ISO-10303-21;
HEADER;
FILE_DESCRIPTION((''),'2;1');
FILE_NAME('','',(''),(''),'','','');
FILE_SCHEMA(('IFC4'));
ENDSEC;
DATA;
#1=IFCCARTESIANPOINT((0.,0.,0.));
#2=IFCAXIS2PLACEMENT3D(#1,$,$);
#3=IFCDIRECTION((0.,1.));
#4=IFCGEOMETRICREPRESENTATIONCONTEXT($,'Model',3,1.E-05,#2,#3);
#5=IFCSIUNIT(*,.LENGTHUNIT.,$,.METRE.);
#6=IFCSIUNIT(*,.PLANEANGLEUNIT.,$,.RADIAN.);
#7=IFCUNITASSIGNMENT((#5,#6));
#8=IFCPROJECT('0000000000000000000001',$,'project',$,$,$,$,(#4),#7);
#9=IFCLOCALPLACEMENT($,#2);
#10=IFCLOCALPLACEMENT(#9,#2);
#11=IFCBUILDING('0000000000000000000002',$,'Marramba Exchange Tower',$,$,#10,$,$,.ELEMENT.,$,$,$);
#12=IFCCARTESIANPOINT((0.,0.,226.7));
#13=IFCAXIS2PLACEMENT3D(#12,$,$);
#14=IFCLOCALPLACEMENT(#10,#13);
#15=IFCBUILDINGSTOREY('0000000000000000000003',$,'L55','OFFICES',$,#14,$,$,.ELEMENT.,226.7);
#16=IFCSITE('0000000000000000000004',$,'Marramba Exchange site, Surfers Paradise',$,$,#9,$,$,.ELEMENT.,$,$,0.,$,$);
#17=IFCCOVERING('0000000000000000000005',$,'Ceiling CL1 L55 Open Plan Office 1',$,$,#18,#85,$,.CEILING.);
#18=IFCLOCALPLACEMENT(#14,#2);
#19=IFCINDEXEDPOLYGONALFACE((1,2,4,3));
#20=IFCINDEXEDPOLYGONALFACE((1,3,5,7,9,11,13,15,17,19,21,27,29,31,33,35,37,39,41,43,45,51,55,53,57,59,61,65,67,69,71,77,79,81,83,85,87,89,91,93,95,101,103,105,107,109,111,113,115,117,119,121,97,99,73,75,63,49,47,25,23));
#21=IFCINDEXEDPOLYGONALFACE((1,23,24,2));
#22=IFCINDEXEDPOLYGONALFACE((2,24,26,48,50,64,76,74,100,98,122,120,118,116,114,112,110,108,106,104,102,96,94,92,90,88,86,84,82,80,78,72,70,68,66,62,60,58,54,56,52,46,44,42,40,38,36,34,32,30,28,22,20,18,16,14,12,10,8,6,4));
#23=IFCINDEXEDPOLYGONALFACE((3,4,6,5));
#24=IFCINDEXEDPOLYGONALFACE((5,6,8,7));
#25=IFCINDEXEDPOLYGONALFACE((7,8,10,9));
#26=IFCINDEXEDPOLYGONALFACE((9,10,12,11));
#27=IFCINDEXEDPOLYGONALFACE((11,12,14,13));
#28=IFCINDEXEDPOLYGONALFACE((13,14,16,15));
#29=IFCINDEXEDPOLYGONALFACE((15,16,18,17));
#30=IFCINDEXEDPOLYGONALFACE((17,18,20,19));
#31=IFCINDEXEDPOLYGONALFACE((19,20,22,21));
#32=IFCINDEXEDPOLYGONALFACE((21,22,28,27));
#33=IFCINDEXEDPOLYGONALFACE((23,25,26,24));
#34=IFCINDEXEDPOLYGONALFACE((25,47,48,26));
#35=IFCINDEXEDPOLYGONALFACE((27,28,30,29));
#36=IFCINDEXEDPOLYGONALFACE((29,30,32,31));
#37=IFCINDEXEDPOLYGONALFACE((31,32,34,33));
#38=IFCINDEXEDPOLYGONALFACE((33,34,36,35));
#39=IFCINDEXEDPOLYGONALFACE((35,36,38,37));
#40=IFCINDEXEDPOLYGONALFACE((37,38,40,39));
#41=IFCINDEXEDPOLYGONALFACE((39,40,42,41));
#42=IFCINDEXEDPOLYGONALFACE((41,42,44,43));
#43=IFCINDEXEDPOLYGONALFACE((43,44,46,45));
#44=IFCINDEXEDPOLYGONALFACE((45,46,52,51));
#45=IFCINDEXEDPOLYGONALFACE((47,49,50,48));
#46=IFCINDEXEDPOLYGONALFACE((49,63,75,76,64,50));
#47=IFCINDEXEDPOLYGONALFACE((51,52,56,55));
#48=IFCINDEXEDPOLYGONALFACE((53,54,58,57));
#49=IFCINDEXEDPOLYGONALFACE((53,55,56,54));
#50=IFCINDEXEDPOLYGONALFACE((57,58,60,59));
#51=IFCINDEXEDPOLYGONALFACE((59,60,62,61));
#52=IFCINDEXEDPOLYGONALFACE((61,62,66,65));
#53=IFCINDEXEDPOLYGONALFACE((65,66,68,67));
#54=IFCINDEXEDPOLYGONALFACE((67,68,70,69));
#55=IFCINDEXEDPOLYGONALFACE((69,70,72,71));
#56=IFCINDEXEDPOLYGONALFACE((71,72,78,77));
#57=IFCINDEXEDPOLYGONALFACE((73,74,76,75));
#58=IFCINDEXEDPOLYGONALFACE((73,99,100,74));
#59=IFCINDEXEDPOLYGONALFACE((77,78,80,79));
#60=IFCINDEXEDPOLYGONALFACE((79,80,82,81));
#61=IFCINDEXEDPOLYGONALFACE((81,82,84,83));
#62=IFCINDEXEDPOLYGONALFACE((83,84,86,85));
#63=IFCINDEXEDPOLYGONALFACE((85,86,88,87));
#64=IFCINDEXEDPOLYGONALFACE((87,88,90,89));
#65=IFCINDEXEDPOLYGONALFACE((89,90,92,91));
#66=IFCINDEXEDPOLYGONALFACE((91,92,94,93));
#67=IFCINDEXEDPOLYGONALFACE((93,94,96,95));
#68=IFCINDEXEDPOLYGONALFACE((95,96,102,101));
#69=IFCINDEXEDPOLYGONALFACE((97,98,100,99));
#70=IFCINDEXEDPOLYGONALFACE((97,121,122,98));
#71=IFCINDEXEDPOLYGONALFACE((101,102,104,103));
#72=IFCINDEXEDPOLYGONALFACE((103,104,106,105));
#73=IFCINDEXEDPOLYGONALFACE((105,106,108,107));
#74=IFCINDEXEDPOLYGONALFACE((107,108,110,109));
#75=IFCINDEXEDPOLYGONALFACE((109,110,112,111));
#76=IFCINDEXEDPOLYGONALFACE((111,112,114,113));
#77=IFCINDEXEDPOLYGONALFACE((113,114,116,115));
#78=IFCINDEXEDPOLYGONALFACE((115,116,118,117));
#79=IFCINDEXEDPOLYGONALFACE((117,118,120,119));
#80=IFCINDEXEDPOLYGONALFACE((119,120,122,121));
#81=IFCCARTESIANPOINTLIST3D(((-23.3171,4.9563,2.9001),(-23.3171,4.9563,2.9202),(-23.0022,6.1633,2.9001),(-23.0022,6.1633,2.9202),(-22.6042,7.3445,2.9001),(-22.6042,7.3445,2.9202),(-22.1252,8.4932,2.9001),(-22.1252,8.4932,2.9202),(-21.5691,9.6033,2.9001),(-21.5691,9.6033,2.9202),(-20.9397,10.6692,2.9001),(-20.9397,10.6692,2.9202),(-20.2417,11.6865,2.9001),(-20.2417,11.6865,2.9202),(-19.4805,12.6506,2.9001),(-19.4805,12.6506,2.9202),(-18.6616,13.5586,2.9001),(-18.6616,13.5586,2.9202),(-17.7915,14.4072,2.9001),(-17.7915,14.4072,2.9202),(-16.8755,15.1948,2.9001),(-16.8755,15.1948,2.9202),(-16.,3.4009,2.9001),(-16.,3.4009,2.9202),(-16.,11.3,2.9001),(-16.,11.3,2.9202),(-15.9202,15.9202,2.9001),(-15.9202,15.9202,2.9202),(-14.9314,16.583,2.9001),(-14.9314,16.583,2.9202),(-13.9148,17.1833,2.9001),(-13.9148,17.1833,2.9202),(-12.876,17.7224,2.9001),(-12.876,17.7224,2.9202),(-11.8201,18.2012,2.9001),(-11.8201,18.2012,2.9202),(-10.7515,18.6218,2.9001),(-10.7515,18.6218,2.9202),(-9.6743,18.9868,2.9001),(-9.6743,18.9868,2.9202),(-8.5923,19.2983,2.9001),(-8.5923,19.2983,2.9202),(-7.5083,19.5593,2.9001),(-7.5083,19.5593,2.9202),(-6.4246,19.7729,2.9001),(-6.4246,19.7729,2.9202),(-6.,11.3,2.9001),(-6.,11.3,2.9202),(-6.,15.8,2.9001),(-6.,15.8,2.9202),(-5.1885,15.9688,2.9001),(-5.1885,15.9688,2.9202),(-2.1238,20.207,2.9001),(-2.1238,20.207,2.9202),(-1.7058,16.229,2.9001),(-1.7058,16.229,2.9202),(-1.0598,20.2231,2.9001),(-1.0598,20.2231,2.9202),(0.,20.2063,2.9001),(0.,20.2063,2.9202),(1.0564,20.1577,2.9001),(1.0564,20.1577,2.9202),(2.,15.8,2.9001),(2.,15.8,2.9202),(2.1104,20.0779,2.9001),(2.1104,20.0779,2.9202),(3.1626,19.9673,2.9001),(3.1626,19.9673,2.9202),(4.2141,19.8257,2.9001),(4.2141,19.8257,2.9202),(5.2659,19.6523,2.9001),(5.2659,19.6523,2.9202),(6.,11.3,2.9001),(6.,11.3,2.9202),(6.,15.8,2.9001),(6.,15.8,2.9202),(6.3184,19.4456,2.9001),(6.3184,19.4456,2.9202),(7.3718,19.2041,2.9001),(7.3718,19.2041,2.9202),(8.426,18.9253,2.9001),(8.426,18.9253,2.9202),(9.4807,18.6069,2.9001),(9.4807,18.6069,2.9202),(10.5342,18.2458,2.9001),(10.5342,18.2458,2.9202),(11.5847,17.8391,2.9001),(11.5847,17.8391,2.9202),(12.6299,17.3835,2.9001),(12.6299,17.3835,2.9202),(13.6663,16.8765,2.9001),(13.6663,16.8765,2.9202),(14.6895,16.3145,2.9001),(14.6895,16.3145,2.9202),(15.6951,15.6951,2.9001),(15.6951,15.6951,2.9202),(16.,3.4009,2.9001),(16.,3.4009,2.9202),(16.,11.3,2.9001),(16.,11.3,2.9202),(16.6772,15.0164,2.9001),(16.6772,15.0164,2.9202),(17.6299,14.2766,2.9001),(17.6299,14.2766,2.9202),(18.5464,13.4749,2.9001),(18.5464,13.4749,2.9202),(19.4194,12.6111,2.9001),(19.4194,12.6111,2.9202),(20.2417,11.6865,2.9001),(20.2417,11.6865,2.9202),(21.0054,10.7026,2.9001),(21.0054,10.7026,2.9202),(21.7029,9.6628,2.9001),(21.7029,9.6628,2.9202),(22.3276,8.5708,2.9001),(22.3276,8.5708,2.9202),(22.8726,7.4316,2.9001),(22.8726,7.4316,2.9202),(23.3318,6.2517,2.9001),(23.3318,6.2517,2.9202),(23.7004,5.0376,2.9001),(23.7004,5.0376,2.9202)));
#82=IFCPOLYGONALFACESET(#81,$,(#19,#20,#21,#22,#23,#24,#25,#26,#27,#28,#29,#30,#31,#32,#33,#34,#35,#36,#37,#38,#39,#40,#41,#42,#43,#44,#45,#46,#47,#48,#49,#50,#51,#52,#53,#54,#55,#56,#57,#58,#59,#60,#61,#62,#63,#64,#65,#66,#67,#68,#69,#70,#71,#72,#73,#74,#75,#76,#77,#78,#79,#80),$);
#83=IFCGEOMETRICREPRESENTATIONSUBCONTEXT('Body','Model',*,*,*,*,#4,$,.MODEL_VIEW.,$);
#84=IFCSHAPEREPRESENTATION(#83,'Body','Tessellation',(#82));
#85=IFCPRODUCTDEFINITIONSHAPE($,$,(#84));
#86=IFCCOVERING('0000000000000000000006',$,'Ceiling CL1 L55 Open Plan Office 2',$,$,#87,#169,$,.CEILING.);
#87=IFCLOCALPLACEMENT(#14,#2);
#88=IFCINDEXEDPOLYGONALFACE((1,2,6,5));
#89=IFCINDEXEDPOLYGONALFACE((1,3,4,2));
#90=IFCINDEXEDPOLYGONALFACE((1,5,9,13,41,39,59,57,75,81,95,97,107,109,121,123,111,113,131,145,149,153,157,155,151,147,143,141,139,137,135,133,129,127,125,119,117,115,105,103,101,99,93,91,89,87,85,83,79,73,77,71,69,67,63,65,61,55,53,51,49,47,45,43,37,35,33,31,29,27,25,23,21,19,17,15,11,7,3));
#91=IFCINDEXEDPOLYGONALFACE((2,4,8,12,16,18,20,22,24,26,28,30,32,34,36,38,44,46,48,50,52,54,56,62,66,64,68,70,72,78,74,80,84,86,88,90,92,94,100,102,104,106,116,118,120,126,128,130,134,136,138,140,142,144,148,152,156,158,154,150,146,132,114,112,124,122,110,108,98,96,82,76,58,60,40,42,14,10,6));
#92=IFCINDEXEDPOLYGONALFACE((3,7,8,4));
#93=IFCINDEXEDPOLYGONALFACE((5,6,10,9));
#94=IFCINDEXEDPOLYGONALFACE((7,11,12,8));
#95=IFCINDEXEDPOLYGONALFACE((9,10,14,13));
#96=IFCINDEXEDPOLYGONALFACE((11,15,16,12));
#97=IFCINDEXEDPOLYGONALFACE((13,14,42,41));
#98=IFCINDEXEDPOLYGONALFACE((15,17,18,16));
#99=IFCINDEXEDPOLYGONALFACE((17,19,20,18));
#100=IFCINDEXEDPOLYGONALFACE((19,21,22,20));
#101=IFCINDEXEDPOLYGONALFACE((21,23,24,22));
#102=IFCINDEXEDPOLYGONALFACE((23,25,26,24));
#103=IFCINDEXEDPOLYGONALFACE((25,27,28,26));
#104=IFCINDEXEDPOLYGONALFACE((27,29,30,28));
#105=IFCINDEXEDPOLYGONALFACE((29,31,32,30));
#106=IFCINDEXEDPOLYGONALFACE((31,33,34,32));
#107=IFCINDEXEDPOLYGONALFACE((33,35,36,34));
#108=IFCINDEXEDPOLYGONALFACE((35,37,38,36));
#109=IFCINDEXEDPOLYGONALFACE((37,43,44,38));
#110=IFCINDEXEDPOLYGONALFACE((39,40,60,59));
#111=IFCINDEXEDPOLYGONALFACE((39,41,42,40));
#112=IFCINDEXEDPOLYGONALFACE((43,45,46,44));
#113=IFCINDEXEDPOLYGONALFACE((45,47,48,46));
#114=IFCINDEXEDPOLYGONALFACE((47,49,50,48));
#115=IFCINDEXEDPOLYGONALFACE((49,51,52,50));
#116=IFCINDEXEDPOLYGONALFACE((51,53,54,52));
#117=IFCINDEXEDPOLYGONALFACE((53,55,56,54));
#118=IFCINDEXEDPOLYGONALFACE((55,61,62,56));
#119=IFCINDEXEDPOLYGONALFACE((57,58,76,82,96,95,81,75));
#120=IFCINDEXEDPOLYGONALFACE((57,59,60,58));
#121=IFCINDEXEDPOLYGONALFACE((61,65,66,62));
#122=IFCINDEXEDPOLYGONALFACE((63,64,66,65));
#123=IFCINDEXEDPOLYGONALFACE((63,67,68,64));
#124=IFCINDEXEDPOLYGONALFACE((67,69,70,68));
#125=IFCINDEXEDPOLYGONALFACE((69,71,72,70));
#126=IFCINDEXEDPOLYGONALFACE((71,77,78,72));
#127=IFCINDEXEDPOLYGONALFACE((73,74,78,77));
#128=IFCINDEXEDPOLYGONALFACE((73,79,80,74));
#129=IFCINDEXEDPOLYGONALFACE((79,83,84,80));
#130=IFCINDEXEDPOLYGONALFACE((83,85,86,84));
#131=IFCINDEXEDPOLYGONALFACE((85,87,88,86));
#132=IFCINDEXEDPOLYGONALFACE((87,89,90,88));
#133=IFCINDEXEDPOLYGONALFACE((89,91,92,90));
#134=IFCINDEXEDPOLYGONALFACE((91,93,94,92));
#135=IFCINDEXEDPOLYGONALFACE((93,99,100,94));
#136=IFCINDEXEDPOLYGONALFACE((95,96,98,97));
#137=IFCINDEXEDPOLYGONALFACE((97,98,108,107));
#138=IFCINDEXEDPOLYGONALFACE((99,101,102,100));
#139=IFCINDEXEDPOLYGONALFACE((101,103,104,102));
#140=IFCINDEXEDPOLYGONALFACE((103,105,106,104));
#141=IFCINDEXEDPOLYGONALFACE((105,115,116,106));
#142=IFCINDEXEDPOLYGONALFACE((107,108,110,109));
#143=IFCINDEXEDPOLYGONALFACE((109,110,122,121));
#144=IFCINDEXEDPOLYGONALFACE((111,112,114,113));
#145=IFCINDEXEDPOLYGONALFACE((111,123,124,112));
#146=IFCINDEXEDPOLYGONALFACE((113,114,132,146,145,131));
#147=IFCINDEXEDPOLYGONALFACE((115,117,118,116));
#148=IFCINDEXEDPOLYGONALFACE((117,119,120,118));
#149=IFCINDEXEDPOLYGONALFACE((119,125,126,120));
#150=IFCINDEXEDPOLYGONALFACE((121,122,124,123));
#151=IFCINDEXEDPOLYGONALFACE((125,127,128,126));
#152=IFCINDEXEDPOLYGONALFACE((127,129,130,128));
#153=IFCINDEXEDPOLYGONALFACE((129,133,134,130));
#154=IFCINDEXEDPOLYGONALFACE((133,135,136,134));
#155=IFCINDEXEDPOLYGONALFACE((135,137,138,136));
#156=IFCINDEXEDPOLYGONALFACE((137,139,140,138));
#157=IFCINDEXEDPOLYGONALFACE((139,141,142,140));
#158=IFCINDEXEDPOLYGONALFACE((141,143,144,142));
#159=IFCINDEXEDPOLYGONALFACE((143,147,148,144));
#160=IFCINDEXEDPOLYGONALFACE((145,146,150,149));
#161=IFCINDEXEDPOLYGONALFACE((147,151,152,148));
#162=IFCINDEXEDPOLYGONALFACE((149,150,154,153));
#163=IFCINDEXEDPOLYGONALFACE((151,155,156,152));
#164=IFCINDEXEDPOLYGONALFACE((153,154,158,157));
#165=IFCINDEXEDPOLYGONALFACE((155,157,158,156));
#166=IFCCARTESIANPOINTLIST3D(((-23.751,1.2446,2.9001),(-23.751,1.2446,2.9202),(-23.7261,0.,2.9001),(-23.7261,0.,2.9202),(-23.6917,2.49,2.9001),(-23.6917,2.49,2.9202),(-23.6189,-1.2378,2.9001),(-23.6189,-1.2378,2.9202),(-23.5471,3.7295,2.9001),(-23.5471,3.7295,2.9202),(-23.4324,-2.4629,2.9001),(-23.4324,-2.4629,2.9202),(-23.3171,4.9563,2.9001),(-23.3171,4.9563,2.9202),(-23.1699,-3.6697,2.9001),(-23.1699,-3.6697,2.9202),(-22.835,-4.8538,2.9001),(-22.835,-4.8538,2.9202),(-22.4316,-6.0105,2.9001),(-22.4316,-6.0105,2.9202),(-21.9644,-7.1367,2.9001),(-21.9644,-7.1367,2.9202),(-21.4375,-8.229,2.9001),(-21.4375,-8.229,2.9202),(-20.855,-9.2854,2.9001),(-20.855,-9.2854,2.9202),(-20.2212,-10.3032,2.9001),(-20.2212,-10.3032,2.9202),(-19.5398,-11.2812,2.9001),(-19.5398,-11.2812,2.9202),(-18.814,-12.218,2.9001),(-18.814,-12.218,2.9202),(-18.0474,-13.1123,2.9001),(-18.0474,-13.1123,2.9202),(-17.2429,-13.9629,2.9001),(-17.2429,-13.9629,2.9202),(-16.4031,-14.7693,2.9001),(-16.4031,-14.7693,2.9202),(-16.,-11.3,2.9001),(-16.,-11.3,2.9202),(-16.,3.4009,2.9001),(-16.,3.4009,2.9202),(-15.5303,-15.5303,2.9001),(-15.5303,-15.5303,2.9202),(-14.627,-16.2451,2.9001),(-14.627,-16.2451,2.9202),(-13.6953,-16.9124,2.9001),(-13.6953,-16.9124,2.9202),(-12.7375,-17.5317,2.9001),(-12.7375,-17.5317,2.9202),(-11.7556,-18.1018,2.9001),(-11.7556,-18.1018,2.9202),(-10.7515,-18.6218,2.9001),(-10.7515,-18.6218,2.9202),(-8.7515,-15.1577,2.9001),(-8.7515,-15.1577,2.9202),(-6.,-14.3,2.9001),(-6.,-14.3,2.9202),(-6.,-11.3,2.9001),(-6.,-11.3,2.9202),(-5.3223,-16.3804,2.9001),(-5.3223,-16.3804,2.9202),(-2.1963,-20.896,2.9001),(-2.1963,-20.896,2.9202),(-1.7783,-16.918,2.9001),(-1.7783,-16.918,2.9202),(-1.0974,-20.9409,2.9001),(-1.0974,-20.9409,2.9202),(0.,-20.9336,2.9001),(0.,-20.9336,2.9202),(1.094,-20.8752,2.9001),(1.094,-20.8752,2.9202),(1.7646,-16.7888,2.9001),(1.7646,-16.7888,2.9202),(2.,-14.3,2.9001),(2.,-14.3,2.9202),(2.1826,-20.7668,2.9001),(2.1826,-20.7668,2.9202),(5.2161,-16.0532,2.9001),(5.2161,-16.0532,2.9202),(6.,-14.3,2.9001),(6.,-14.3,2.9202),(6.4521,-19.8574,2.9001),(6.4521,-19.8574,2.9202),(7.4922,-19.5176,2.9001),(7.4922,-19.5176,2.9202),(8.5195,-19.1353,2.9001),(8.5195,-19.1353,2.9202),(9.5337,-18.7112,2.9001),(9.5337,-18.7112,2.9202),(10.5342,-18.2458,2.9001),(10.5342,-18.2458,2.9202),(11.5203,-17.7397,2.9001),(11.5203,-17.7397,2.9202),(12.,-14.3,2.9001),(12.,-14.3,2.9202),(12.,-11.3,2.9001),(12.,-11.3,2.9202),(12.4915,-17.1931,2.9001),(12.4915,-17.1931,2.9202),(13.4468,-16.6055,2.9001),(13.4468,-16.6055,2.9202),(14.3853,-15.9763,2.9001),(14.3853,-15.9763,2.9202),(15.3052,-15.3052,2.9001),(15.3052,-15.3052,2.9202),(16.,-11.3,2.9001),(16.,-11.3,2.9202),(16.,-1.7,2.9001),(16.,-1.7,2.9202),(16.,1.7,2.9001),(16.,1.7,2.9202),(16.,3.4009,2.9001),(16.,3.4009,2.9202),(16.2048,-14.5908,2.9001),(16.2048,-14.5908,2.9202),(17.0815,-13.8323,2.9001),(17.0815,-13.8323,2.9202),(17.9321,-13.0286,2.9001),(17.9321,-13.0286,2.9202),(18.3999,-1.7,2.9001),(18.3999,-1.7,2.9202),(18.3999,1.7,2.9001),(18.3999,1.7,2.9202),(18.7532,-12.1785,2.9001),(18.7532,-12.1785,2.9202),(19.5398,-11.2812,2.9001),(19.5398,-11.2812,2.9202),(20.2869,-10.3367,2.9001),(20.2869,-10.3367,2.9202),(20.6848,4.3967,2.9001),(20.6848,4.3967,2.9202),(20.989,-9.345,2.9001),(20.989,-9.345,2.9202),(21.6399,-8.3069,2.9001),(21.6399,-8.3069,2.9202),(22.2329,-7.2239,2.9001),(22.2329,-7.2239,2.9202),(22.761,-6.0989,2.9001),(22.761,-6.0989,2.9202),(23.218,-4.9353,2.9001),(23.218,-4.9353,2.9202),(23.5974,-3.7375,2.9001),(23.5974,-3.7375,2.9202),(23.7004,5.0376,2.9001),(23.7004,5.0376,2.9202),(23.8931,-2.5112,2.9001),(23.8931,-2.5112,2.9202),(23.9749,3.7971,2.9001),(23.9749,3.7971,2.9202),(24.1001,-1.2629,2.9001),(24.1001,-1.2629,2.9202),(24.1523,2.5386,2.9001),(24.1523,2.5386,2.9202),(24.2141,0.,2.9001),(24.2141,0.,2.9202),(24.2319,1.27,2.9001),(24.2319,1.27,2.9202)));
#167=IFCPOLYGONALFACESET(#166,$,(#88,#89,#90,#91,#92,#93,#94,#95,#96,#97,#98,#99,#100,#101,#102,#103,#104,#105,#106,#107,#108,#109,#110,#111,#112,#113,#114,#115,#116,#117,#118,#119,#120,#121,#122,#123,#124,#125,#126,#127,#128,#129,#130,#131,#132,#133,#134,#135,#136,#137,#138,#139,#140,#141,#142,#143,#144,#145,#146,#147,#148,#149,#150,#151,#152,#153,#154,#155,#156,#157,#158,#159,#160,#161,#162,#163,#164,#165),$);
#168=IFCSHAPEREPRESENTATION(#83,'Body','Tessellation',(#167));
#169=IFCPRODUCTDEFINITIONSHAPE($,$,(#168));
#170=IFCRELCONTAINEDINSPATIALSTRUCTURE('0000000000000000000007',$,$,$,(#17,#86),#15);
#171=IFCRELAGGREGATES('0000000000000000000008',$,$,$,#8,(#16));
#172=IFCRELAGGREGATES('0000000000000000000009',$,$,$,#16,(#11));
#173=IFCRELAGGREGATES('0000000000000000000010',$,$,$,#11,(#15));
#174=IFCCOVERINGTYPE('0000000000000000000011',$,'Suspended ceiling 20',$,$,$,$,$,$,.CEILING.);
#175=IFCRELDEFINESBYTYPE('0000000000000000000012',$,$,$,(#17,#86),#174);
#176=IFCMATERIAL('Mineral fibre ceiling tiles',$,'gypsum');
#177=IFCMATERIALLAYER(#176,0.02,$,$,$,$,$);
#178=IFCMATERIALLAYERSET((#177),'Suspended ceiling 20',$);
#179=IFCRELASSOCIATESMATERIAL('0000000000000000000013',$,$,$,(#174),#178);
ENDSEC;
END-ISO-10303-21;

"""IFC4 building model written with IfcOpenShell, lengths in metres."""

from ifc_helpers import new_model, si_unit, direction, frame, origin, place, context, subcontext, project, spatial, polyline, outline, extrude, material, layer, layer_set, type_object, element, save


model = new_model("IFC4")

# Units and contexts
model_context = context("Model", 3, precision=1e-05, world=origin(), true_north=direction((0.0, 1.0)))
body_context = subcontext(model_context, "Body", "Model", "MODEL_VIEW")
ifc_project = project(units=[si_unit("LENGTHUNIT", "METRE"), si_unit("PLANEANGLEUNIT", "RADIAN")], contexts=[model_context])

# Site, building, storey
site_placement = place(None, origin())
site = spatial("IfcSite", under=ifc_project, at=site_placement, Name="Marramba Exchange site, Surfers Paradise", CompositionType="ELEMENT", RefElevation=0.0)
building_placement = place(site_placement, origin())
building = spatial("IfcBuilding", under=site, at=building_placement, Name="Marramba Exchange Tower", CompositionType="ELEMENT")
storey_placement = place(building_placement, frame((0.0, 0.0, 226.7)))
storey = spatial("IfcBuildingStorey", under=building, at=storey_placement, Name="L55", Description="OFFICES", CompositionType="ELEMENT", Elevation=226.7)

# Coverings
ifc_material_1 = material(Name="Mineral fibre ceiling tiles", Category="gypsum")
ifc_layer_1 = layer(ifc_material_1, 0.02)
ifc_layer_set_1 = layer_set([ifc_layer_1], Name="Suspended ceiling 20")
covering_type = type_object("IfcCoveringType", Name="Suspended ceiling 20", PredefinedType="CEILING", material=ifc_layer_set_1)
covering_1_placement = place(storey_placement, frame((0.0, 0.0, 2.9001)))
element("IfcCovering", 1, at=covering_1_placement, inside=storey, type_object=covering_type, Name="Ceiling CL1 L55 Open Plan Office 1", PredefinedType="CEILING", context=body_context, shape_type="SweptSolid", body=[
    extrude(outline(polyline([(6.0, 11.3), (6.0, 15.8), (2.0, 15.8), (-6.0, 15.8), (-6.0, 11.3), (-16.0, 11.3), (-16.0, 3.4009), (-23.3171, 4.9563), (-23.0022, 6.1633), (-22.6042, 7.3445), (-22.1252, 8.4932), (-21.5691, 9.6033), (-20.9397, 10.6692), (-20.2417, 11.6865), (-19.4805, 12.6506), (-18.6616, 13.5586), (-17.7915, 14.4072), (-16.8755, 15.1948), (-15.9202, 15.9202), (-14.9314, 16.583), (-13.9148, 17.1833), (-12.876, 17.7224), (-11.8201, 18.2012), (-10.7515, 18.6218), (-9.6743, 18.9868), (-8.5923, 19.2983), (-7.5083, 19.5593), (-6.4246, 19.7729), (-5.1885, 15.9688), (-1.7058, 16.229), (-2.1238, 20.207), (-1.0598, 20.2231), (0.0, 20.2063), (1.0564, 20.1577), (2.1104, 20.0779), (3.1626, 19.9673), (4.2141, 19.8257), (5.2659, 19.6523), (6.3184, 19.4456), (7.3718, 19.2041), (8.426, 18.9253), (9.4807, 18.6069), (10.5342, 18.2458), (11.5847, 17.8391), (12.6299, 17.3835), (13.6663, 16.8765), (14.6895, 16.3145), (15.6951, 15.6951), (16.6772, 15.0164), (17.6299, 14.2766), (18.5464, 13.4749), (19.4194, 12.6111), (20.2417, 11.6865), (21.0054, 10.7026), (21.7029, 9.6628), (22.3276, 8.5708), (22.8726, 7.4316), (23.3318, 6.2517), (23.7004, 5.0376), (16.0, 3.4009), (16.0, 11.3), (6.0, 11.3)])), origin(), (0.0, 0.0, 1.0), 0.02),
])
covering_2_placement = place(storey_placement, frame((0.0, 0.0, 2.9001)))
element("IfcCovering", 2, at=covering_2_placement, inside=storey, type_object=covering_type, Name="Ceiling CL1 L55 Open Plan Office 2", PredefinedType="CEILING", context=body_context, shape_type="SweptSolid", body=[
    extrude(outline(polyline([(24.1523, 2.5386), (24.2319, 1.27), (24.2141, 0.0), (24.1001, -1.2629), (23.8931, -2.5112), (23.5974, -3.7375), (23.218, -4.9353), (22.761, -6.0989), (22.2329, -7.2239), (21.6399, -8.3069), (20.989, -9.345), (20.2869, -10.3367), (19.5398, -11.2812), (18.7532, -12.1785), (17.9321, -13.0286), (17.0815, -13.8323), (16.2048, -14.5908), (15.3052, -15.3052), (14.3853, -15.9763), (13.4468, -16.6055), (12.4915, -17.1931), (11.5203, -17.7397), (10.5342, -18.2458), (9.5337, -18.7112), (8.5195, -19.1353), (7.4922, -19.5176), (6.4521, -19.8574), (5.2161, -16.0532), (1.7646, -16.7888), (2.1826, -20.7668), (1.094, -20.8752), (0.0, -20.9336), (-1.0974, -20.9409), (-2.1963, -20.896), (-1.7783, -16.918), (-5.3223, -16.3804), (-8.7515, -15.1577), (-10.7515, -18.6218), (-11.7556, -18.1018), (-12.7375, -17.5317), (-13.6953, -16.9124), (-14.627, -16.2451), (-15.5303, -15.5303), (-16.4031, -14.7693), (-17.2429, -13.9629), (-18.0474, -13.1123), (-18.814, -12.218), (-19.5398, -11.2812), (-20.2212, -10.3032), (-20.855, -9.2854), (-21.4375, -8.229), (-21.9644, -7.1367), (-22.4316, -6.0105), (-22.835, -4.8538), (-23.1699, -3.6697), (-23.4324, -2.4629), (-23.6189, -1.2378), (-23.7261, 0.0), (-23.751, 1.2446), (-23.6917, 2.49), (-23.5471, 3.7295), (-23.3171, 4.9563), (-16.0, 3.4009), (-16.0, -11.3), (-6.0, -11.3), (-6.0, -14.3), (2.0, -14.3), (6.0, -14.3), (12.0, -14.3), (12.0, -11.3), (16.0, -11.3), (16.0, -1.7), (18.3999, -1.7), (18.3999, 1.7), (16.0, 1.7), (16.0, 3.4009), (20.6848, 4.3967), (23.7004, 5.0376), (23.9749, 3.7971), (24.1523, 2.5386)])), origin(), (0.0, 0.0, 1.0), 0.02),
])

save(model, "model.ifc")
